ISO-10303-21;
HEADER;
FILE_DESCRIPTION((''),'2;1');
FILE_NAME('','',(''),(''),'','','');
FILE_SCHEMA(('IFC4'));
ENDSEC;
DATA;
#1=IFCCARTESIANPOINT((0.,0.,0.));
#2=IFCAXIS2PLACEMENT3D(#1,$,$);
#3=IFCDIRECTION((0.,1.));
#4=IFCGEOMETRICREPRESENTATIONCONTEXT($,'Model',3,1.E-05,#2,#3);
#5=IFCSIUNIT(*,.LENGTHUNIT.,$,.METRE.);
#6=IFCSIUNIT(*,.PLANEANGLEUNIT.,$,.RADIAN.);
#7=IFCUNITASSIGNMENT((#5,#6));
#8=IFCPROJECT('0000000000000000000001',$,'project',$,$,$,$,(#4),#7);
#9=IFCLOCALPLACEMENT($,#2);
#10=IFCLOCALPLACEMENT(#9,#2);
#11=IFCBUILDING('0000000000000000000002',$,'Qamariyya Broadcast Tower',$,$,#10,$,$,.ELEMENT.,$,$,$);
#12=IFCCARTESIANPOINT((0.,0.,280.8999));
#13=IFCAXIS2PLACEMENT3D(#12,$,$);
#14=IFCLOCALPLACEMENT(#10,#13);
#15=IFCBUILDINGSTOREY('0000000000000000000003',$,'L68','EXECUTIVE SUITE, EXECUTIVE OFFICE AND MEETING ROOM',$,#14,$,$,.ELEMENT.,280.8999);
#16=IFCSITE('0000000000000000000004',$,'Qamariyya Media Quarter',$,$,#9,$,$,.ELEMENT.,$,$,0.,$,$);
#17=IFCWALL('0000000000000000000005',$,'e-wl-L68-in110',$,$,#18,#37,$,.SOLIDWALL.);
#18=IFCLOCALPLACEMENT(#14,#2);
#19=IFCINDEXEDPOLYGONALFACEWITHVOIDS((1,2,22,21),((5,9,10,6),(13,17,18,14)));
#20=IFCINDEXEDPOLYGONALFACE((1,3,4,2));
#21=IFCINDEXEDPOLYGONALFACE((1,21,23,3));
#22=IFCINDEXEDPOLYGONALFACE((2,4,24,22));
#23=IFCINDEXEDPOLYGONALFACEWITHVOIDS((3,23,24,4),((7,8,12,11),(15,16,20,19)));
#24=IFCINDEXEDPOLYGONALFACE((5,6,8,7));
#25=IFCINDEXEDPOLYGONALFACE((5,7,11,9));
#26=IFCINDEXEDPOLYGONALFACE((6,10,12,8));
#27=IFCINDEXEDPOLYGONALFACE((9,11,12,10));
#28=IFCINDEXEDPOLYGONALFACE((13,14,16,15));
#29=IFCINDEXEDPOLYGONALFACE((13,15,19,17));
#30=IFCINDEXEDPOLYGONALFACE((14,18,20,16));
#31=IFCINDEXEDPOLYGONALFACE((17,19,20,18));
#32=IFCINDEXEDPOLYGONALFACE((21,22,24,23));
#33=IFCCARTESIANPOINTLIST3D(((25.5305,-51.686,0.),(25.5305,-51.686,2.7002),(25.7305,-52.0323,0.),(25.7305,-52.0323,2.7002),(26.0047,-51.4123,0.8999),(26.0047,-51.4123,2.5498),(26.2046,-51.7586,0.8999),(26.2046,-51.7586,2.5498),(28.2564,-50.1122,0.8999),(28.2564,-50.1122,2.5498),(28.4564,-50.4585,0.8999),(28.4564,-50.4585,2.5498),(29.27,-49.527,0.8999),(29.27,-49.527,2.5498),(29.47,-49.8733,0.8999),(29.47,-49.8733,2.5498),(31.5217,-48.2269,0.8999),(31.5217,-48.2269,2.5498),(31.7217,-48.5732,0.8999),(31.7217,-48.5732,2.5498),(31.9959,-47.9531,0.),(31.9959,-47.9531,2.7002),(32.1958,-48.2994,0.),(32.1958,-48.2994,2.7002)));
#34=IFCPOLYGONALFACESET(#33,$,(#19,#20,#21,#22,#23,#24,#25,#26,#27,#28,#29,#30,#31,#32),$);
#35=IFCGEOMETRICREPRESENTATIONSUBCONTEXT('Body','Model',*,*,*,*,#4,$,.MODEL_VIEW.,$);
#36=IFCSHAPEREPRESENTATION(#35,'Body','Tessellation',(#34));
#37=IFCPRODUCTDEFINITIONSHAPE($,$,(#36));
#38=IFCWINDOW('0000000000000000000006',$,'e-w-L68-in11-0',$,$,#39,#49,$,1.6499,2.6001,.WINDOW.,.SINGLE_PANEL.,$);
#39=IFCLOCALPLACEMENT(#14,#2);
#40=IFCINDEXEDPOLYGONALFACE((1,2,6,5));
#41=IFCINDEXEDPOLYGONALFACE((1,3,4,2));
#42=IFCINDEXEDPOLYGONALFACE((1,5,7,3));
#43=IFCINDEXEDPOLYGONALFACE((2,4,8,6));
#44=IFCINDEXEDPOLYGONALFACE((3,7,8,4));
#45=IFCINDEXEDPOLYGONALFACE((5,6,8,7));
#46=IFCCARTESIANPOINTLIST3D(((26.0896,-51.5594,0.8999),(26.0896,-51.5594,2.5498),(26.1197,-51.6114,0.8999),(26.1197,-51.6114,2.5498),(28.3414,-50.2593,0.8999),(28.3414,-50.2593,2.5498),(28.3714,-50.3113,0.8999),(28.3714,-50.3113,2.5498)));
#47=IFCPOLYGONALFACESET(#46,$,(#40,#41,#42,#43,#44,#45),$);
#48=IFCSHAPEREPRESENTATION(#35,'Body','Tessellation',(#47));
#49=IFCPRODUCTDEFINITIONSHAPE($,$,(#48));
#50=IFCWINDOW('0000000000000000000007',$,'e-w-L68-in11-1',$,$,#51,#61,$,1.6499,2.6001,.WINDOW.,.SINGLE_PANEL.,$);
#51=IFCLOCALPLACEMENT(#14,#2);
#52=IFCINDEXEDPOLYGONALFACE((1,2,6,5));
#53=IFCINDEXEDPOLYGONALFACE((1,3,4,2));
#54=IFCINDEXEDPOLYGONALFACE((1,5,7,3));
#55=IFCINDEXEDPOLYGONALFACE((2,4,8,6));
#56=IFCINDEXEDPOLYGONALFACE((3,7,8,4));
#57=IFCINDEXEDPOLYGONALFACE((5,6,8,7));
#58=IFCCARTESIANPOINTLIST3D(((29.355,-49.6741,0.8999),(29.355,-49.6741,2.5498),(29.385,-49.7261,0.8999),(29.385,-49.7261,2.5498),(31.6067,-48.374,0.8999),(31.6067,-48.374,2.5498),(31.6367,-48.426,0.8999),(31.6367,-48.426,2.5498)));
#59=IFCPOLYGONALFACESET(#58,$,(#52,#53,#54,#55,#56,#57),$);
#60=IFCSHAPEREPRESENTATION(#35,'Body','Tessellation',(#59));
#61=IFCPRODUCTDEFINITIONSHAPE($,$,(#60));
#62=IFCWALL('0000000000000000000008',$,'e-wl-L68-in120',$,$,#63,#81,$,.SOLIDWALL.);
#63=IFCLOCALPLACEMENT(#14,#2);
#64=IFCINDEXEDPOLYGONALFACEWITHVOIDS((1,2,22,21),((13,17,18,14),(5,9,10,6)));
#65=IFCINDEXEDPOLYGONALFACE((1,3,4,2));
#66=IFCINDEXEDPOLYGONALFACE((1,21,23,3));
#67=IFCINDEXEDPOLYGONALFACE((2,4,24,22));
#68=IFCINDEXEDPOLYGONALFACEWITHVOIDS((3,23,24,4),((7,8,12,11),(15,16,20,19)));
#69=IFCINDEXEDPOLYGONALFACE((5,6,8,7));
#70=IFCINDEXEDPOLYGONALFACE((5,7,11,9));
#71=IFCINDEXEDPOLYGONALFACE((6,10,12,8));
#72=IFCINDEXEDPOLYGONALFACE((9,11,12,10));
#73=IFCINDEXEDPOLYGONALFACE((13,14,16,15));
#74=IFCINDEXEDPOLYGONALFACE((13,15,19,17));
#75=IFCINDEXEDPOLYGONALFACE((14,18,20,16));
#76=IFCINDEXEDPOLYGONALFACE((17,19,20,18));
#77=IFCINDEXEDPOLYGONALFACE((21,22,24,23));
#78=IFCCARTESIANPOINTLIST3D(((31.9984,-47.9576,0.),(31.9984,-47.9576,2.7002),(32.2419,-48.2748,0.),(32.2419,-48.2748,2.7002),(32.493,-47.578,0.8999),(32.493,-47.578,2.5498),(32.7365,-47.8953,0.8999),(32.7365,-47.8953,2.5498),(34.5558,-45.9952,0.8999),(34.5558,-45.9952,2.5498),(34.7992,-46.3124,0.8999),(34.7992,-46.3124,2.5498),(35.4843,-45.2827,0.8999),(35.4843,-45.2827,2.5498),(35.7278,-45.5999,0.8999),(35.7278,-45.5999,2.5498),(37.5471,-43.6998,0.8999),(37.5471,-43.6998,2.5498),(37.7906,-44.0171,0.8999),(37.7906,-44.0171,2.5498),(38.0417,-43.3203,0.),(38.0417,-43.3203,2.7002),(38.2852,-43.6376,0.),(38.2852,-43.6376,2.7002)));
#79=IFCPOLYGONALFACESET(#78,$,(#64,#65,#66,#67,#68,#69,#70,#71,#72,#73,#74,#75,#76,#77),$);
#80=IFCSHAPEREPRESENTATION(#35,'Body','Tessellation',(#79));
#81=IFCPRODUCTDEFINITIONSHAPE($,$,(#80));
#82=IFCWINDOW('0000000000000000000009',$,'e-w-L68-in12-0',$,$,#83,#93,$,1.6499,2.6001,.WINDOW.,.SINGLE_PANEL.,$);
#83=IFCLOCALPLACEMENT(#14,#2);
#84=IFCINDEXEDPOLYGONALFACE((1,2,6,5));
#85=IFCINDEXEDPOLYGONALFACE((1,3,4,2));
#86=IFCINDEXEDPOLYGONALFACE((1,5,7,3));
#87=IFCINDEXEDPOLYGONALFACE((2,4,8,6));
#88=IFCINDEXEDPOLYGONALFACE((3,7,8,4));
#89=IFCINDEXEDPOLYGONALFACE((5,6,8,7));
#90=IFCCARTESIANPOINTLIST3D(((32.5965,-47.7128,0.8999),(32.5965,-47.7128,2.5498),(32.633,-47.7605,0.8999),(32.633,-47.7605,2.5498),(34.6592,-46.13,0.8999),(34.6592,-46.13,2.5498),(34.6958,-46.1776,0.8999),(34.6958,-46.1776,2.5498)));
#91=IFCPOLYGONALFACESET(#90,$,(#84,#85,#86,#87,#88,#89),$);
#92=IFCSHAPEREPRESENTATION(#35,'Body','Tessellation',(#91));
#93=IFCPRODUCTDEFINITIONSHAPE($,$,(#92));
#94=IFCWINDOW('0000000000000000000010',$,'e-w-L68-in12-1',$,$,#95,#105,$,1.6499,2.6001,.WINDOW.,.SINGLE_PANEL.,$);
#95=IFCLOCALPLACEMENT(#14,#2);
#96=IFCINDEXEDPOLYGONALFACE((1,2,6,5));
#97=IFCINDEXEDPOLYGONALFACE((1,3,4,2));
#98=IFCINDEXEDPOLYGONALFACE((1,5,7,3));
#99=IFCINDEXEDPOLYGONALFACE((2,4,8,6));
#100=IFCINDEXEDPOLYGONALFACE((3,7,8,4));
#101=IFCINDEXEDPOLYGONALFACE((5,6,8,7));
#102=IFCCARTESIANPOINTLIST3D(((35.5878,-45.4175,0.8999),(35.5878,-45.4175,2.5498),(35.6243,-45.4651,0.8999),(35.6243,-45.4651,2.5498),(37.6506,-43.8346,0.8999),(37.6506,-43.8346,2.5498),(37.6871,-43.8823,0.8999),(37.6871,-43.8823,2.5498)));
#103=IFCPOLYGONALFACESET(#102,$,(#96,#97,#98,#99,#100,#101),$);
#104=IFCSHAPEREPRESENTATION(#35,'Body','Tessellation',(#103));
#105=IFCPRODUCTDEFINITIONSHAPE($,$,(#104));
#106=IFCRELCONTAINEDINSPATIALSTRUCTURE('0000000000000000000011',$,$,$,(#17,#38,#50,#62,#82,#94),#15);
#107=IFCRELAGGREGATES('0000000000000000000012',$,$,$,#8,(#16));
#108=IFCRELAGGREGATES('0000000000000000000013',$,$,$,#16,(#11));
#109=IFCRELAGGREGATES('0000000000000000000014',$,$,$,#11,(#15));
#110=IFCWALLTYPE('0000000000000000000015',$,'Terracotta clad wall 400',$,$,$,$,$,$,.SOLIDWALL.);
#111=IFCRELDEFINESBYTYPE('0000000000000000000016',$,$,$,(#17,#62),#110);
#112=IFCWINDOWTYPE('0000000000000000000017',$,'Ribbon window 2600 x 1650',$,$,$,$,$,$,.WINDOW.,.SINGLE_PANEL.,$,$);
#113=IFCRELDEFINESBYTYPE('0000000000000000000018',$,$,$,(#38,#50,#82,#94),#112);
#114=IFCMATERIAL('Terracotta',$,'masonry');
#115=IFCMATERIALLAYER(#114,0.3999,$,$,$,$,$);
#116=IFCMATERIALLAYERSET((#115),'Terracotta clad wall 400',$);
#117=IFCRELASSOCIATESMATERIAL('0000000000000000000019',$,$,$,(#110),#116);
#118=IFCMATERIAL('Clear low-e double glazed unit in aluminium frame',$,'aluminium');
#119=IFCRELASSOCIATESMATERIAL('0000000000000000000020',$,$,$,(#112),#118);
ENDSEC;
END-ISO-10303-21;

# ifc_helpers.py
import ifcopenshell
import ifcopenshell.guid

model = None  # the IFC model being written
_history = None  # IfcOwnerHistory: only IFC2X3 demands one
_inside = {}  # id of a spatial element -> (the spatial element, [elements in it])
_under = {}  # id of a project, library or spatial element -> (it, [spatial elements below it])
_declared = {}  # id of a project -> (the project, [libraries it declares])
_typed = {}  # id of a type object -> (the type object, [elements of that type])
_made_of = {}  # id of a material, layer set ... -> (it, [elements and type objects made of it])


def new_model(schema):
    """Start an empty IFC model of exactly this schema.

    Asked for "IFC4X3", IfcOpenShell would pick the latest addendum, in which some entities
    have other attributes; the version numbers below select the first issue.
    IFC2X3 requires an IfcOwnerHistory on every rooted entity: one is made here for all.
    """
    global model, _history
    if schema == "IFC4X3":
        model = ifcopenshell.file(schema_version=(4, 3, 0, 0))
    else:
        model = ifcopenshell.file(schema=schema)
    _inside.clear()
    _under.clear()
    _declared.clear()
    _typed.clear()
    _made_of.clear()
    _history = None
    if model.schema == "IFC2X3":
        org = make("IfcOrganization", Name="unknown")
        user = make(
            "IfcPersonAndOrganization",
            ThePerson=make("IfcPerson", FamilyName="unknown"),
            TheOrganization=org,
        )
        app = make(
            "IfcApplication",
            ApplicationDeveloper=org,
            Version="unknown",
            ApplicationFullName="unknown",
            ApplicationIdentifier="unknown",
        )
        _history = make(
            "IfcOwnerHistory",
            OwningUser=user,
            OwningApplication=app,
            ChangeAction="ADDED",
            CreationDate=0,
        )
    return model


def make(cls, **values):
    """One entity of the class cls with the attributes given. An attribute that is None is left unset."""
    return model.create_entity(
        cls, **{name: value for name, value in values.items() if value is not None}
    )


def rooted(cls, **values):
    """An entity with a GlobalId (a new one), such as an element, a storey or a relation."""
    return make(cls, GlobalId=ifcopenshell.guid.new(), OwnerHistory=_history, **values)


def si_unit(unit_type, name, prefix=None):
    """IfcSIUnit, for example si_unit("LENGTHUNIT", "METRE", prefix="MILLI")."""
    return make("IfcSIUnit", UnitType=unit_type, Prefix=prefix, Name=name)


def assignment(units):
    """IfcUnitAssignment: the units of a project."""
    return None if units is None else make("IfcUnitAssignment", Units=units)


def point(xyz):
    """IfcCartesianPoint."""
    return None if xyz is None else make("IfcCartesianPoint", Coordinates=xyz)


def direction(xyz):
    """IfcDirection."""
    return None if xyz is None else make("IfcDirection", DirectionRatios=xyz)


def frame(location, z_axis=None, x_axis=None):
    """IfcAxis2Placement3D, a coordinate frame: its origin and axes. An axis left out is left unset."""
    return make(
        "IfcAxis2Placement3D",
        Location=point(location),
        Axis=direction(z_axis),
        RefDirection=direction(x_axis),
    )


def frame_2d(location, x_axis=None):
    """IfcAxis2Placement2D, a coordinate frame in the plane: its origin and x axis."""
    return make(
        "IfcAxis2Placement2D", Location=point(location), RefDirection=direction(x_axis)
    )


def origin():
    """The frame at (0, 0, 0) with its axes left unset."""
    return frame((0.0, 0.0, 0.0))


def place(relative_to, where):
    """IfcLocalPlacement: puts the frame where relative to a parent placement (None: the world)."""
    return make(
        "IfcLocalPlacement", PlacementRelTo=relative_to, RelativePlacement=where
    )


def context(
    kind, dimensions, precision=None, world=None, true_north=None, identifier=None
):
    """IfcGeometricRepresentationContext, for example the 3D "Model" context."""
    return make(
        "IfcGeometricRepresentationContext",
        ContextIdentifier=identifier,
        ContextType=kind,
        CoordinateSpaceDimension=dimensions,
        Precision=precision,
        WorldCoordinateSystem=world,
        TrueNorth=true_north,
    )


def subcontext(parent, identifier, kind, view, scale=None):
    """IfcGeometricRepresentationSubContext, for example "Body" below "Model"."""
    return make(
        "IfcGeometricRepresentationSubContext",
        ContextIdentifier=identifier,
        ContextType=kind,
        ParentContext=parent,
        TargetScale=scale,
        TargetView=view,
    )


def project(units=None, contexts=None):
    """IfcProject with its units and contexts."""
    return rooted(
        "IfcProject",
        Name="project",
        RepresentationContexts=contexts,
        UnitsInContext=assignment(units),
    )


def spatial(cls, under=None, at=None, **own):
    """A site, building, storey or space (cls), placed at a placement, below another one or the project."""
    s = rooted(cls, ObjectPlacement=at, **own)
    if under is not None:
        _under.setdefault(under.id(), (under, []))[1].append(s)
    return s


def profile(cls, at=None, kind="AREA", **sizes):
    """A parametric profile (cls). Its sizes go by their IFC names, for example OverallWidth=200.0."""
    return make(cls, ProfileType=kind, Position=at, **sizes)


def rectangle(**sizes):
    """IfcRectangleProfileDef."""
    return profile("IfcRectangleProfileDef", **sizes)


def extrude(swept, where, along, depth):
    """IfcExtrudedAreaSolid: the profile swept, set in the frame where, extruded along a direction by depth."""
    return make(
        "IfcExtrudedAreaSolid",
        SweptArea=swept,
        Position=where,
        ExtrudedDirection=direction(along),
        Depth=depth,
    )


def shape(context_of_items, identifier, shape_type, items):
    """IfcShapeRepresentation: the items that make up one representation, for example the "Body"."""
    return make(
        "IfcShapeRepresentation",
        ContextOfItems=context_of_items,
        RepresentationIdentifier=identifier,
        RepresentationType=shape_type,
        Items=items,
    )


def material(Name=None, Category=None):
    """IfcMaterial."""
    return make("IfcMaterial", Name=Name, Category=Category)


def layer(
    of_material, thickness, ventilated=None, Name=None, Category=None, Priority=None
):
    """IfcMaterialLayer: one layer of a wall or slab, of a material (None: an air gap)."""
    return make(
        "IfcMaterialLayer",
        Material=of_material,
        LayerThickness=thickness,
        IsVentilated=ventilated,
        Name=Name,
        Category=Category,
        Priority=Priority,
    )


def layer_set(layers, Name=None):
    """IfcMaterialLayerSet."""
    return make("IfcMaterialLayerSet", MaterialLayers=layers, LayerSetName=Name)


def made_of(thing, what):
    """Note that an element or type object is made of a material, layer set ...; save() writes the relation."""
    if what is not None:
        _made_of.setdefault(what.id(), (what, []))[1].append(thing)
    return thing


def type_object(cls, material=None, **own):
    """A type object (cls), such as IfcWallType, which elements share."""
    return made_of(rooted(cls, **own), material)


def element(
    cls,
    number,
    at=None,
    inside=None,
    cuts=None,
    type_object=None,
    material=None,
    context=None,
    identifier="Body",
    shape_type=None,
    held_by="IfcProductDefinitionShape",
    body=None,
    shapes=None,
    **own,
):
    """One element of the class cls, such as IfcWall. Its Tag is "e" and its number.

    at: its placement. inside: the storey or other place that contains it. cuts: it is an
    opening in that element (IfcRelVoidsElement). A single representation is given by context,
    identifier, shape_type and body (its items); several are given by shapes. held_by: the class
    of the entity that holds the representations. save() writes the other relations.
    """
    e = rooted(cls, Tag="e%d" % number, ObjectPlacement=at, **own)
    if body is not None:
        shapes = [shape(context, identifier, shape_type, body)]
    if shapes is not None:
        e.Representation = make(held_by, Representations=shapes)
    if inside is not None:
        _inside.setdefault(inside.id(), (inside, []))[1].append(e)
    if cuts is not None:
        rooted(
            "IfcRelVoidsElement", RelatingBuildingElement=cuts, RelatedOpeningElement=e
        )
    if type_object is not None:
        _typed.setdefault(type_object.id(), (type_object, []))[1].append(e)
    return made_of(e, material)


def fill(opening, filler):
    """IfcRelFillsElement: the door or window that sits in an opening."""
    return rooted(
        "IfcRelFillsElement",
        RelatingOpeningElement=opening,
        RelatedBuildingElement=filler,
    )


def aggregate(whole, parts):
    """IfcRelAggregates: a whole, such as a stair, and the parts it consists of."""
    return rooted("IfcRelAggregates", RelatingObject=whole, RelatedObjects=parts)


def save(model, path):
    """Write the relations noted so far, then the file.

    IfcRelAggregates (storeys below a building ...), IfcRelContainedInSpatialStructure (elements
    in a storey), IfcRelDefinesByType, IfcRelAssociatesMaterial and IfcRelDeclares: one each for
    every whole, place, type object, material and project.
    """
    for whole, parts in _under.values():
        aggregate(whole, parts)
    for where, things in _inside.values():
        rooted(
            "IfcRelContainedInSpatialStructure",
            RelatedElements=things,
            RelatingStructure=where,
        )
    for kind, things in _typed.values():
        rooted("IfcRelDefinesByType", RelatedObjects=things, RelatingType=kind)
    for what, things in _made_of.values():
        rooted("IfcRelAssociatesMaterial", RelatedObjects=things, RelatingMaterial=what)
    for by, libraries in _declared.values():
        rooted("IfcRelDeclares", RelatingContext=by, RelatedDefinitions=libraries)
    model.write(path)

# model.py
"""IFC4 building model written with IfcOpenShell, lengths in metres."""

from ifc_helpers import new_model, si_unit, direction, frame, frame_2d, origin, place, context, subcontext, project, spatial, rectangle, extrude, material, layer, layer_set, type_object, element, fill, save


model = new_model("IFC4")

# Units and contexts
model_context = context("Model", 3, precision=1e-05, world=origin(), true_north=direction((0.0, 1.0)))
body_context = subcontext(model_context, "Body", "Model", "MODEL_VIEW")
ifc_project = project(units=[si_unit("LENGTHUNIT", "METRE"), si_unit("PLANEANGLEUNIT", "RADIAN")], contexts=[model_context])

# Site, building, storey
site_placement = place(None, origin())
site = spatial("IfcSite", under=ifc_project, at=site_placement, Name="Qamariyya Media Quarter", CompositionType="ELEMENT", RefElevation=0.0)
building_placement = place(site_placement, origin())
building = spatial("IfcBuilding", under=site, at=building_placement, Name="Qamariyya Broadcast Tower", CompositionType="ELEMENT")
storey_placement = place(building_placement, frame((0.0, 0.0, 280.8999)))
storey = spatial("IfcBuildingStorey", under=building, at=storey_placement, Name="L68", Description="EXECUTIVE SUITE, EXECUTIVE OFFICE AND MEETING ROOM", CompositionType="ELEMENT", Elevation=280.8999)

# Walls, openings, windows
ifc_material_1 = material(Name="Terracotta", Category="masonry")
ifc_layer = layer(ifc_material_1, 0.3999)
ifc_layer_set = layer_set([ifc_layer], Name="Terracotta clad wall 400")
wall_type = type_object("IfcWallType", Name="Terracotta clad wall 400", PredefinedType="SOLIDWALL", material=ifc_layer_set)
wall_1_placement = place(storey_placement, frame((32.0959, -48.1262, 0.0), z_axis=(0.0, 0.0, 1.0), x_axis=(-0.866017, -0.500015, 0.0)))
wall_1 = element("IfcWall", 1, at=wall_1_placement, inside=storey, type_object=wall_type, Name="e-wl-L68-in110", PredefinedType="SOLIDWALL", context=body_context, shape_type="SweptSolid", body=[
    extrude(rectangle(XDim=7.4656, YDim=0.3999, at=frame_2d((3.7329, 0.0))), origin(), (0.0, 0.0, 1.0), 2.7002),
])
opening_1_placement = place(wall_1_placement, frame((4.3181, 0.0, 0.8999)))
opening_1 = element("IfcOpeningElement", 2, at=opening_1_placement, cuts=wall_1, PredefinedType="OPENING", context=body_context, shape_type="SweptSolid", body=[
    extrude(rectangle(XDim=2.6001, YDim=1.6499, at=frame_2d((1.3, 0.825))), frame((0.0, 0.21, 0.0), z_axis=(0.0, -1.0, 0.0), x_axis=(1.0, 0.0, 0.0)), (0.0, 0.0, 1.0), 0.4199),
])
opening_2_placement = place(wall_1_placement, frame((0.5476, 0.0, 0.8999)))
opening_2 = element("IfcOpeningElement", 3, at=opening_2_placement, cuts=wall_1, PredefinedType="OPENING", context=body_context, shape_type="SweptSolid", body=[
    extrude(rectangle(XDim=2.6001, YDim=1.6499, at=frame_2d((1.3, 0.825))), frame((0.0, 0.21, 0.0), z_axis=(0.0, -1.0, 0.0), x_axis=(1.0, 0.0, 0.0)), (0.0, 0.0, 1.0), 0.4199),
])
ifc_material_2 = material(Name="Clear low-e double glazed unit in aluminium frame", Category="aluminium")
window_type = type_object("IfcWindowType", Name="Ribbon window 2600 x 1650", PartitioningType="SINGLE_PANEL", PredefinedType="WINDOW", material=ifc_material_2)
window_1_placement = place(opening_1_placement, origin())
window_1 = element("IfcWindow", 4, at=window_1_placement, inside=storey, type_object=window_type, Name="e-w-L68-in11-0", OverallHeight=1.6499, OverallWidth=2.6001, PartitioningType="SINGLE_PANEL", PredefinedType="WINDOW", context=body_context, shape_type="SweptSolid", body=[
    extrude(rectangle(XDim=2.6001, YDim=1.6499, at=frame_2d((1.3, 0.825))), frame((0.0, 0.03, 0.0), z_axis=(0.0, -1.0, 0.0), x_axis=(1.0, 0.0, 0.0)), (0.0, 0.0, 1.0), 0.0601),
])
fill(opening_1, window_1)
window_2_placement = place(opening_2_placement, origin())
window_2 = element("IfcWindow", 5, at=window_2_placement, inside=storey, type_object=window_type, Name="e-w-L68-in11-1", OverallHeight=1.6499, OverallWidth=2.6001, PartitioningType="SINGLE_PANEL", PredefinedType="WINDOW", context=body_context, shape_type="SweptSolid", body=[
    extrude(rectangle(XDim=2.6001, YDim=1.6499, at=frame_2d((1.3, 0.825))), frame((0.0, 0.03, 0.0), z_axis=(0.0, -1.0, 0.0), x_axis=(1.0, 0.0, 0.0)), (0.0, 0.0, 1.0), 0.0601),
])
fill(opening_2, window_2)
wall_2_placement = place(storey_placement, frame((38.1633, -43.479, 0.0), z_axis=(0.0, 0.0, 1.0), x_axis=(-0.793348, -0.608769, 0.0)))
wall_2 = element("IfcWall", 6, at=wall_2_placement, inside=storey, type_object=wall_type, Name="e-wl-L68-in120", PredefinedType="SOLIDWALL", context=body_context, shape_type="SweptSolid", body=[
    extrude(rectangle(XDim=7.6174, YDim=0.3999, at=frame_2d((3.8086, 0.0))), origin(), (0.0, 0.0, 1.0), 2.7002),
])
opening_3_placement = place(wall_2_placement, frame((4.3938, 0.0, 0.8999)))
opening_3 = element("IfcOpeningElement", 7, at=opening_3_placement, cuts=wall_2, PredefinedType="OPENING", context=body_context, shape_type="SweptSolid", body=[
    extrude(rectangle(XDim=2.6001, YDim=1.6499, at=frame_2d((1.3, 0.825))), frame((0.0, 0.21, 0.0), z_axis=(0.0, -1.0, 0.0), x_axis=(1.0, 0.0, 0.0)), (0.0, 0.0, 1.0), 0.4199),
])
opening_4_placement = place(wall_2_placement, frame((0.6233, 0.0, 0.8999)))
opening_4 = element("IfcOpeningElement", 8, at=opening_4_placement, cuts=wall_2, PredefinedType="OPENING", context=body_context, shape_type="SweptSolid", body=[
    extrude(rectangle(XDim=2.6001, YDim=1.6499, at=frame_2d((1.3, 0.825))), frame((0.0, 0.21, 0.0), z_axis=(0.0, -1.0, 0.0), x_axis=(1.0, 0.0, 0.0)), (0.0, 0.0, 1.0), 0.4199),
])
window_3_placement = place(opening_3_placement, origin())
window_3 = element("IfcWindow", 9, at=window_3_placement, inside=storey, type_object=window_type, Name="e-w-L68-in12-0", OverallHeight=1.6499, OverallWidth=2.6001, PartitioningType="SINGLE_PANEL", PredefinedType="WINDOW", context=body_context, shape_type="SweptSolid", body=[
    extrude(rectangle(XDim=2.6001, YDim=1.6499, at=frame_2d((1.3, 0.825))), frame((0.0, 0.03, 0.0), z_axis=(0.0, -1.0, 0.0), x_axis=(1.0, 0.0, 0.0)), (0.0, 0.0, 1.0), 0.0601),
])
fill(opening_3, window_3)
window_4_placement = place(opening_4_placement, origin())
window_4 = element("IfcWindow", 10, at=window_4_placement, inside=storey, type_object=window_type, Name="e-w-L68-in12-1", OverallHeight=1.6499, OverallWidth=2.6001, PartitioningType="SINGLE_PANEL", PredefinedType="WINDOW", context=body_context, shape_type="SweptSolid", body=[
    extrude(rectangle(XDim=2.6001, YDim=1.6499, at=frame_2d((1.3, 0.825))), frame((0.0, 0.03, 0.0), z_axis=(0.0, -1.0, 0.0), x_axis=(1.0, 0.0, 0.0)), (0.0, 0.0, 1.0), 0.0601),
])
fill(opening_4, window_4)

save(model, "model.ifc")
